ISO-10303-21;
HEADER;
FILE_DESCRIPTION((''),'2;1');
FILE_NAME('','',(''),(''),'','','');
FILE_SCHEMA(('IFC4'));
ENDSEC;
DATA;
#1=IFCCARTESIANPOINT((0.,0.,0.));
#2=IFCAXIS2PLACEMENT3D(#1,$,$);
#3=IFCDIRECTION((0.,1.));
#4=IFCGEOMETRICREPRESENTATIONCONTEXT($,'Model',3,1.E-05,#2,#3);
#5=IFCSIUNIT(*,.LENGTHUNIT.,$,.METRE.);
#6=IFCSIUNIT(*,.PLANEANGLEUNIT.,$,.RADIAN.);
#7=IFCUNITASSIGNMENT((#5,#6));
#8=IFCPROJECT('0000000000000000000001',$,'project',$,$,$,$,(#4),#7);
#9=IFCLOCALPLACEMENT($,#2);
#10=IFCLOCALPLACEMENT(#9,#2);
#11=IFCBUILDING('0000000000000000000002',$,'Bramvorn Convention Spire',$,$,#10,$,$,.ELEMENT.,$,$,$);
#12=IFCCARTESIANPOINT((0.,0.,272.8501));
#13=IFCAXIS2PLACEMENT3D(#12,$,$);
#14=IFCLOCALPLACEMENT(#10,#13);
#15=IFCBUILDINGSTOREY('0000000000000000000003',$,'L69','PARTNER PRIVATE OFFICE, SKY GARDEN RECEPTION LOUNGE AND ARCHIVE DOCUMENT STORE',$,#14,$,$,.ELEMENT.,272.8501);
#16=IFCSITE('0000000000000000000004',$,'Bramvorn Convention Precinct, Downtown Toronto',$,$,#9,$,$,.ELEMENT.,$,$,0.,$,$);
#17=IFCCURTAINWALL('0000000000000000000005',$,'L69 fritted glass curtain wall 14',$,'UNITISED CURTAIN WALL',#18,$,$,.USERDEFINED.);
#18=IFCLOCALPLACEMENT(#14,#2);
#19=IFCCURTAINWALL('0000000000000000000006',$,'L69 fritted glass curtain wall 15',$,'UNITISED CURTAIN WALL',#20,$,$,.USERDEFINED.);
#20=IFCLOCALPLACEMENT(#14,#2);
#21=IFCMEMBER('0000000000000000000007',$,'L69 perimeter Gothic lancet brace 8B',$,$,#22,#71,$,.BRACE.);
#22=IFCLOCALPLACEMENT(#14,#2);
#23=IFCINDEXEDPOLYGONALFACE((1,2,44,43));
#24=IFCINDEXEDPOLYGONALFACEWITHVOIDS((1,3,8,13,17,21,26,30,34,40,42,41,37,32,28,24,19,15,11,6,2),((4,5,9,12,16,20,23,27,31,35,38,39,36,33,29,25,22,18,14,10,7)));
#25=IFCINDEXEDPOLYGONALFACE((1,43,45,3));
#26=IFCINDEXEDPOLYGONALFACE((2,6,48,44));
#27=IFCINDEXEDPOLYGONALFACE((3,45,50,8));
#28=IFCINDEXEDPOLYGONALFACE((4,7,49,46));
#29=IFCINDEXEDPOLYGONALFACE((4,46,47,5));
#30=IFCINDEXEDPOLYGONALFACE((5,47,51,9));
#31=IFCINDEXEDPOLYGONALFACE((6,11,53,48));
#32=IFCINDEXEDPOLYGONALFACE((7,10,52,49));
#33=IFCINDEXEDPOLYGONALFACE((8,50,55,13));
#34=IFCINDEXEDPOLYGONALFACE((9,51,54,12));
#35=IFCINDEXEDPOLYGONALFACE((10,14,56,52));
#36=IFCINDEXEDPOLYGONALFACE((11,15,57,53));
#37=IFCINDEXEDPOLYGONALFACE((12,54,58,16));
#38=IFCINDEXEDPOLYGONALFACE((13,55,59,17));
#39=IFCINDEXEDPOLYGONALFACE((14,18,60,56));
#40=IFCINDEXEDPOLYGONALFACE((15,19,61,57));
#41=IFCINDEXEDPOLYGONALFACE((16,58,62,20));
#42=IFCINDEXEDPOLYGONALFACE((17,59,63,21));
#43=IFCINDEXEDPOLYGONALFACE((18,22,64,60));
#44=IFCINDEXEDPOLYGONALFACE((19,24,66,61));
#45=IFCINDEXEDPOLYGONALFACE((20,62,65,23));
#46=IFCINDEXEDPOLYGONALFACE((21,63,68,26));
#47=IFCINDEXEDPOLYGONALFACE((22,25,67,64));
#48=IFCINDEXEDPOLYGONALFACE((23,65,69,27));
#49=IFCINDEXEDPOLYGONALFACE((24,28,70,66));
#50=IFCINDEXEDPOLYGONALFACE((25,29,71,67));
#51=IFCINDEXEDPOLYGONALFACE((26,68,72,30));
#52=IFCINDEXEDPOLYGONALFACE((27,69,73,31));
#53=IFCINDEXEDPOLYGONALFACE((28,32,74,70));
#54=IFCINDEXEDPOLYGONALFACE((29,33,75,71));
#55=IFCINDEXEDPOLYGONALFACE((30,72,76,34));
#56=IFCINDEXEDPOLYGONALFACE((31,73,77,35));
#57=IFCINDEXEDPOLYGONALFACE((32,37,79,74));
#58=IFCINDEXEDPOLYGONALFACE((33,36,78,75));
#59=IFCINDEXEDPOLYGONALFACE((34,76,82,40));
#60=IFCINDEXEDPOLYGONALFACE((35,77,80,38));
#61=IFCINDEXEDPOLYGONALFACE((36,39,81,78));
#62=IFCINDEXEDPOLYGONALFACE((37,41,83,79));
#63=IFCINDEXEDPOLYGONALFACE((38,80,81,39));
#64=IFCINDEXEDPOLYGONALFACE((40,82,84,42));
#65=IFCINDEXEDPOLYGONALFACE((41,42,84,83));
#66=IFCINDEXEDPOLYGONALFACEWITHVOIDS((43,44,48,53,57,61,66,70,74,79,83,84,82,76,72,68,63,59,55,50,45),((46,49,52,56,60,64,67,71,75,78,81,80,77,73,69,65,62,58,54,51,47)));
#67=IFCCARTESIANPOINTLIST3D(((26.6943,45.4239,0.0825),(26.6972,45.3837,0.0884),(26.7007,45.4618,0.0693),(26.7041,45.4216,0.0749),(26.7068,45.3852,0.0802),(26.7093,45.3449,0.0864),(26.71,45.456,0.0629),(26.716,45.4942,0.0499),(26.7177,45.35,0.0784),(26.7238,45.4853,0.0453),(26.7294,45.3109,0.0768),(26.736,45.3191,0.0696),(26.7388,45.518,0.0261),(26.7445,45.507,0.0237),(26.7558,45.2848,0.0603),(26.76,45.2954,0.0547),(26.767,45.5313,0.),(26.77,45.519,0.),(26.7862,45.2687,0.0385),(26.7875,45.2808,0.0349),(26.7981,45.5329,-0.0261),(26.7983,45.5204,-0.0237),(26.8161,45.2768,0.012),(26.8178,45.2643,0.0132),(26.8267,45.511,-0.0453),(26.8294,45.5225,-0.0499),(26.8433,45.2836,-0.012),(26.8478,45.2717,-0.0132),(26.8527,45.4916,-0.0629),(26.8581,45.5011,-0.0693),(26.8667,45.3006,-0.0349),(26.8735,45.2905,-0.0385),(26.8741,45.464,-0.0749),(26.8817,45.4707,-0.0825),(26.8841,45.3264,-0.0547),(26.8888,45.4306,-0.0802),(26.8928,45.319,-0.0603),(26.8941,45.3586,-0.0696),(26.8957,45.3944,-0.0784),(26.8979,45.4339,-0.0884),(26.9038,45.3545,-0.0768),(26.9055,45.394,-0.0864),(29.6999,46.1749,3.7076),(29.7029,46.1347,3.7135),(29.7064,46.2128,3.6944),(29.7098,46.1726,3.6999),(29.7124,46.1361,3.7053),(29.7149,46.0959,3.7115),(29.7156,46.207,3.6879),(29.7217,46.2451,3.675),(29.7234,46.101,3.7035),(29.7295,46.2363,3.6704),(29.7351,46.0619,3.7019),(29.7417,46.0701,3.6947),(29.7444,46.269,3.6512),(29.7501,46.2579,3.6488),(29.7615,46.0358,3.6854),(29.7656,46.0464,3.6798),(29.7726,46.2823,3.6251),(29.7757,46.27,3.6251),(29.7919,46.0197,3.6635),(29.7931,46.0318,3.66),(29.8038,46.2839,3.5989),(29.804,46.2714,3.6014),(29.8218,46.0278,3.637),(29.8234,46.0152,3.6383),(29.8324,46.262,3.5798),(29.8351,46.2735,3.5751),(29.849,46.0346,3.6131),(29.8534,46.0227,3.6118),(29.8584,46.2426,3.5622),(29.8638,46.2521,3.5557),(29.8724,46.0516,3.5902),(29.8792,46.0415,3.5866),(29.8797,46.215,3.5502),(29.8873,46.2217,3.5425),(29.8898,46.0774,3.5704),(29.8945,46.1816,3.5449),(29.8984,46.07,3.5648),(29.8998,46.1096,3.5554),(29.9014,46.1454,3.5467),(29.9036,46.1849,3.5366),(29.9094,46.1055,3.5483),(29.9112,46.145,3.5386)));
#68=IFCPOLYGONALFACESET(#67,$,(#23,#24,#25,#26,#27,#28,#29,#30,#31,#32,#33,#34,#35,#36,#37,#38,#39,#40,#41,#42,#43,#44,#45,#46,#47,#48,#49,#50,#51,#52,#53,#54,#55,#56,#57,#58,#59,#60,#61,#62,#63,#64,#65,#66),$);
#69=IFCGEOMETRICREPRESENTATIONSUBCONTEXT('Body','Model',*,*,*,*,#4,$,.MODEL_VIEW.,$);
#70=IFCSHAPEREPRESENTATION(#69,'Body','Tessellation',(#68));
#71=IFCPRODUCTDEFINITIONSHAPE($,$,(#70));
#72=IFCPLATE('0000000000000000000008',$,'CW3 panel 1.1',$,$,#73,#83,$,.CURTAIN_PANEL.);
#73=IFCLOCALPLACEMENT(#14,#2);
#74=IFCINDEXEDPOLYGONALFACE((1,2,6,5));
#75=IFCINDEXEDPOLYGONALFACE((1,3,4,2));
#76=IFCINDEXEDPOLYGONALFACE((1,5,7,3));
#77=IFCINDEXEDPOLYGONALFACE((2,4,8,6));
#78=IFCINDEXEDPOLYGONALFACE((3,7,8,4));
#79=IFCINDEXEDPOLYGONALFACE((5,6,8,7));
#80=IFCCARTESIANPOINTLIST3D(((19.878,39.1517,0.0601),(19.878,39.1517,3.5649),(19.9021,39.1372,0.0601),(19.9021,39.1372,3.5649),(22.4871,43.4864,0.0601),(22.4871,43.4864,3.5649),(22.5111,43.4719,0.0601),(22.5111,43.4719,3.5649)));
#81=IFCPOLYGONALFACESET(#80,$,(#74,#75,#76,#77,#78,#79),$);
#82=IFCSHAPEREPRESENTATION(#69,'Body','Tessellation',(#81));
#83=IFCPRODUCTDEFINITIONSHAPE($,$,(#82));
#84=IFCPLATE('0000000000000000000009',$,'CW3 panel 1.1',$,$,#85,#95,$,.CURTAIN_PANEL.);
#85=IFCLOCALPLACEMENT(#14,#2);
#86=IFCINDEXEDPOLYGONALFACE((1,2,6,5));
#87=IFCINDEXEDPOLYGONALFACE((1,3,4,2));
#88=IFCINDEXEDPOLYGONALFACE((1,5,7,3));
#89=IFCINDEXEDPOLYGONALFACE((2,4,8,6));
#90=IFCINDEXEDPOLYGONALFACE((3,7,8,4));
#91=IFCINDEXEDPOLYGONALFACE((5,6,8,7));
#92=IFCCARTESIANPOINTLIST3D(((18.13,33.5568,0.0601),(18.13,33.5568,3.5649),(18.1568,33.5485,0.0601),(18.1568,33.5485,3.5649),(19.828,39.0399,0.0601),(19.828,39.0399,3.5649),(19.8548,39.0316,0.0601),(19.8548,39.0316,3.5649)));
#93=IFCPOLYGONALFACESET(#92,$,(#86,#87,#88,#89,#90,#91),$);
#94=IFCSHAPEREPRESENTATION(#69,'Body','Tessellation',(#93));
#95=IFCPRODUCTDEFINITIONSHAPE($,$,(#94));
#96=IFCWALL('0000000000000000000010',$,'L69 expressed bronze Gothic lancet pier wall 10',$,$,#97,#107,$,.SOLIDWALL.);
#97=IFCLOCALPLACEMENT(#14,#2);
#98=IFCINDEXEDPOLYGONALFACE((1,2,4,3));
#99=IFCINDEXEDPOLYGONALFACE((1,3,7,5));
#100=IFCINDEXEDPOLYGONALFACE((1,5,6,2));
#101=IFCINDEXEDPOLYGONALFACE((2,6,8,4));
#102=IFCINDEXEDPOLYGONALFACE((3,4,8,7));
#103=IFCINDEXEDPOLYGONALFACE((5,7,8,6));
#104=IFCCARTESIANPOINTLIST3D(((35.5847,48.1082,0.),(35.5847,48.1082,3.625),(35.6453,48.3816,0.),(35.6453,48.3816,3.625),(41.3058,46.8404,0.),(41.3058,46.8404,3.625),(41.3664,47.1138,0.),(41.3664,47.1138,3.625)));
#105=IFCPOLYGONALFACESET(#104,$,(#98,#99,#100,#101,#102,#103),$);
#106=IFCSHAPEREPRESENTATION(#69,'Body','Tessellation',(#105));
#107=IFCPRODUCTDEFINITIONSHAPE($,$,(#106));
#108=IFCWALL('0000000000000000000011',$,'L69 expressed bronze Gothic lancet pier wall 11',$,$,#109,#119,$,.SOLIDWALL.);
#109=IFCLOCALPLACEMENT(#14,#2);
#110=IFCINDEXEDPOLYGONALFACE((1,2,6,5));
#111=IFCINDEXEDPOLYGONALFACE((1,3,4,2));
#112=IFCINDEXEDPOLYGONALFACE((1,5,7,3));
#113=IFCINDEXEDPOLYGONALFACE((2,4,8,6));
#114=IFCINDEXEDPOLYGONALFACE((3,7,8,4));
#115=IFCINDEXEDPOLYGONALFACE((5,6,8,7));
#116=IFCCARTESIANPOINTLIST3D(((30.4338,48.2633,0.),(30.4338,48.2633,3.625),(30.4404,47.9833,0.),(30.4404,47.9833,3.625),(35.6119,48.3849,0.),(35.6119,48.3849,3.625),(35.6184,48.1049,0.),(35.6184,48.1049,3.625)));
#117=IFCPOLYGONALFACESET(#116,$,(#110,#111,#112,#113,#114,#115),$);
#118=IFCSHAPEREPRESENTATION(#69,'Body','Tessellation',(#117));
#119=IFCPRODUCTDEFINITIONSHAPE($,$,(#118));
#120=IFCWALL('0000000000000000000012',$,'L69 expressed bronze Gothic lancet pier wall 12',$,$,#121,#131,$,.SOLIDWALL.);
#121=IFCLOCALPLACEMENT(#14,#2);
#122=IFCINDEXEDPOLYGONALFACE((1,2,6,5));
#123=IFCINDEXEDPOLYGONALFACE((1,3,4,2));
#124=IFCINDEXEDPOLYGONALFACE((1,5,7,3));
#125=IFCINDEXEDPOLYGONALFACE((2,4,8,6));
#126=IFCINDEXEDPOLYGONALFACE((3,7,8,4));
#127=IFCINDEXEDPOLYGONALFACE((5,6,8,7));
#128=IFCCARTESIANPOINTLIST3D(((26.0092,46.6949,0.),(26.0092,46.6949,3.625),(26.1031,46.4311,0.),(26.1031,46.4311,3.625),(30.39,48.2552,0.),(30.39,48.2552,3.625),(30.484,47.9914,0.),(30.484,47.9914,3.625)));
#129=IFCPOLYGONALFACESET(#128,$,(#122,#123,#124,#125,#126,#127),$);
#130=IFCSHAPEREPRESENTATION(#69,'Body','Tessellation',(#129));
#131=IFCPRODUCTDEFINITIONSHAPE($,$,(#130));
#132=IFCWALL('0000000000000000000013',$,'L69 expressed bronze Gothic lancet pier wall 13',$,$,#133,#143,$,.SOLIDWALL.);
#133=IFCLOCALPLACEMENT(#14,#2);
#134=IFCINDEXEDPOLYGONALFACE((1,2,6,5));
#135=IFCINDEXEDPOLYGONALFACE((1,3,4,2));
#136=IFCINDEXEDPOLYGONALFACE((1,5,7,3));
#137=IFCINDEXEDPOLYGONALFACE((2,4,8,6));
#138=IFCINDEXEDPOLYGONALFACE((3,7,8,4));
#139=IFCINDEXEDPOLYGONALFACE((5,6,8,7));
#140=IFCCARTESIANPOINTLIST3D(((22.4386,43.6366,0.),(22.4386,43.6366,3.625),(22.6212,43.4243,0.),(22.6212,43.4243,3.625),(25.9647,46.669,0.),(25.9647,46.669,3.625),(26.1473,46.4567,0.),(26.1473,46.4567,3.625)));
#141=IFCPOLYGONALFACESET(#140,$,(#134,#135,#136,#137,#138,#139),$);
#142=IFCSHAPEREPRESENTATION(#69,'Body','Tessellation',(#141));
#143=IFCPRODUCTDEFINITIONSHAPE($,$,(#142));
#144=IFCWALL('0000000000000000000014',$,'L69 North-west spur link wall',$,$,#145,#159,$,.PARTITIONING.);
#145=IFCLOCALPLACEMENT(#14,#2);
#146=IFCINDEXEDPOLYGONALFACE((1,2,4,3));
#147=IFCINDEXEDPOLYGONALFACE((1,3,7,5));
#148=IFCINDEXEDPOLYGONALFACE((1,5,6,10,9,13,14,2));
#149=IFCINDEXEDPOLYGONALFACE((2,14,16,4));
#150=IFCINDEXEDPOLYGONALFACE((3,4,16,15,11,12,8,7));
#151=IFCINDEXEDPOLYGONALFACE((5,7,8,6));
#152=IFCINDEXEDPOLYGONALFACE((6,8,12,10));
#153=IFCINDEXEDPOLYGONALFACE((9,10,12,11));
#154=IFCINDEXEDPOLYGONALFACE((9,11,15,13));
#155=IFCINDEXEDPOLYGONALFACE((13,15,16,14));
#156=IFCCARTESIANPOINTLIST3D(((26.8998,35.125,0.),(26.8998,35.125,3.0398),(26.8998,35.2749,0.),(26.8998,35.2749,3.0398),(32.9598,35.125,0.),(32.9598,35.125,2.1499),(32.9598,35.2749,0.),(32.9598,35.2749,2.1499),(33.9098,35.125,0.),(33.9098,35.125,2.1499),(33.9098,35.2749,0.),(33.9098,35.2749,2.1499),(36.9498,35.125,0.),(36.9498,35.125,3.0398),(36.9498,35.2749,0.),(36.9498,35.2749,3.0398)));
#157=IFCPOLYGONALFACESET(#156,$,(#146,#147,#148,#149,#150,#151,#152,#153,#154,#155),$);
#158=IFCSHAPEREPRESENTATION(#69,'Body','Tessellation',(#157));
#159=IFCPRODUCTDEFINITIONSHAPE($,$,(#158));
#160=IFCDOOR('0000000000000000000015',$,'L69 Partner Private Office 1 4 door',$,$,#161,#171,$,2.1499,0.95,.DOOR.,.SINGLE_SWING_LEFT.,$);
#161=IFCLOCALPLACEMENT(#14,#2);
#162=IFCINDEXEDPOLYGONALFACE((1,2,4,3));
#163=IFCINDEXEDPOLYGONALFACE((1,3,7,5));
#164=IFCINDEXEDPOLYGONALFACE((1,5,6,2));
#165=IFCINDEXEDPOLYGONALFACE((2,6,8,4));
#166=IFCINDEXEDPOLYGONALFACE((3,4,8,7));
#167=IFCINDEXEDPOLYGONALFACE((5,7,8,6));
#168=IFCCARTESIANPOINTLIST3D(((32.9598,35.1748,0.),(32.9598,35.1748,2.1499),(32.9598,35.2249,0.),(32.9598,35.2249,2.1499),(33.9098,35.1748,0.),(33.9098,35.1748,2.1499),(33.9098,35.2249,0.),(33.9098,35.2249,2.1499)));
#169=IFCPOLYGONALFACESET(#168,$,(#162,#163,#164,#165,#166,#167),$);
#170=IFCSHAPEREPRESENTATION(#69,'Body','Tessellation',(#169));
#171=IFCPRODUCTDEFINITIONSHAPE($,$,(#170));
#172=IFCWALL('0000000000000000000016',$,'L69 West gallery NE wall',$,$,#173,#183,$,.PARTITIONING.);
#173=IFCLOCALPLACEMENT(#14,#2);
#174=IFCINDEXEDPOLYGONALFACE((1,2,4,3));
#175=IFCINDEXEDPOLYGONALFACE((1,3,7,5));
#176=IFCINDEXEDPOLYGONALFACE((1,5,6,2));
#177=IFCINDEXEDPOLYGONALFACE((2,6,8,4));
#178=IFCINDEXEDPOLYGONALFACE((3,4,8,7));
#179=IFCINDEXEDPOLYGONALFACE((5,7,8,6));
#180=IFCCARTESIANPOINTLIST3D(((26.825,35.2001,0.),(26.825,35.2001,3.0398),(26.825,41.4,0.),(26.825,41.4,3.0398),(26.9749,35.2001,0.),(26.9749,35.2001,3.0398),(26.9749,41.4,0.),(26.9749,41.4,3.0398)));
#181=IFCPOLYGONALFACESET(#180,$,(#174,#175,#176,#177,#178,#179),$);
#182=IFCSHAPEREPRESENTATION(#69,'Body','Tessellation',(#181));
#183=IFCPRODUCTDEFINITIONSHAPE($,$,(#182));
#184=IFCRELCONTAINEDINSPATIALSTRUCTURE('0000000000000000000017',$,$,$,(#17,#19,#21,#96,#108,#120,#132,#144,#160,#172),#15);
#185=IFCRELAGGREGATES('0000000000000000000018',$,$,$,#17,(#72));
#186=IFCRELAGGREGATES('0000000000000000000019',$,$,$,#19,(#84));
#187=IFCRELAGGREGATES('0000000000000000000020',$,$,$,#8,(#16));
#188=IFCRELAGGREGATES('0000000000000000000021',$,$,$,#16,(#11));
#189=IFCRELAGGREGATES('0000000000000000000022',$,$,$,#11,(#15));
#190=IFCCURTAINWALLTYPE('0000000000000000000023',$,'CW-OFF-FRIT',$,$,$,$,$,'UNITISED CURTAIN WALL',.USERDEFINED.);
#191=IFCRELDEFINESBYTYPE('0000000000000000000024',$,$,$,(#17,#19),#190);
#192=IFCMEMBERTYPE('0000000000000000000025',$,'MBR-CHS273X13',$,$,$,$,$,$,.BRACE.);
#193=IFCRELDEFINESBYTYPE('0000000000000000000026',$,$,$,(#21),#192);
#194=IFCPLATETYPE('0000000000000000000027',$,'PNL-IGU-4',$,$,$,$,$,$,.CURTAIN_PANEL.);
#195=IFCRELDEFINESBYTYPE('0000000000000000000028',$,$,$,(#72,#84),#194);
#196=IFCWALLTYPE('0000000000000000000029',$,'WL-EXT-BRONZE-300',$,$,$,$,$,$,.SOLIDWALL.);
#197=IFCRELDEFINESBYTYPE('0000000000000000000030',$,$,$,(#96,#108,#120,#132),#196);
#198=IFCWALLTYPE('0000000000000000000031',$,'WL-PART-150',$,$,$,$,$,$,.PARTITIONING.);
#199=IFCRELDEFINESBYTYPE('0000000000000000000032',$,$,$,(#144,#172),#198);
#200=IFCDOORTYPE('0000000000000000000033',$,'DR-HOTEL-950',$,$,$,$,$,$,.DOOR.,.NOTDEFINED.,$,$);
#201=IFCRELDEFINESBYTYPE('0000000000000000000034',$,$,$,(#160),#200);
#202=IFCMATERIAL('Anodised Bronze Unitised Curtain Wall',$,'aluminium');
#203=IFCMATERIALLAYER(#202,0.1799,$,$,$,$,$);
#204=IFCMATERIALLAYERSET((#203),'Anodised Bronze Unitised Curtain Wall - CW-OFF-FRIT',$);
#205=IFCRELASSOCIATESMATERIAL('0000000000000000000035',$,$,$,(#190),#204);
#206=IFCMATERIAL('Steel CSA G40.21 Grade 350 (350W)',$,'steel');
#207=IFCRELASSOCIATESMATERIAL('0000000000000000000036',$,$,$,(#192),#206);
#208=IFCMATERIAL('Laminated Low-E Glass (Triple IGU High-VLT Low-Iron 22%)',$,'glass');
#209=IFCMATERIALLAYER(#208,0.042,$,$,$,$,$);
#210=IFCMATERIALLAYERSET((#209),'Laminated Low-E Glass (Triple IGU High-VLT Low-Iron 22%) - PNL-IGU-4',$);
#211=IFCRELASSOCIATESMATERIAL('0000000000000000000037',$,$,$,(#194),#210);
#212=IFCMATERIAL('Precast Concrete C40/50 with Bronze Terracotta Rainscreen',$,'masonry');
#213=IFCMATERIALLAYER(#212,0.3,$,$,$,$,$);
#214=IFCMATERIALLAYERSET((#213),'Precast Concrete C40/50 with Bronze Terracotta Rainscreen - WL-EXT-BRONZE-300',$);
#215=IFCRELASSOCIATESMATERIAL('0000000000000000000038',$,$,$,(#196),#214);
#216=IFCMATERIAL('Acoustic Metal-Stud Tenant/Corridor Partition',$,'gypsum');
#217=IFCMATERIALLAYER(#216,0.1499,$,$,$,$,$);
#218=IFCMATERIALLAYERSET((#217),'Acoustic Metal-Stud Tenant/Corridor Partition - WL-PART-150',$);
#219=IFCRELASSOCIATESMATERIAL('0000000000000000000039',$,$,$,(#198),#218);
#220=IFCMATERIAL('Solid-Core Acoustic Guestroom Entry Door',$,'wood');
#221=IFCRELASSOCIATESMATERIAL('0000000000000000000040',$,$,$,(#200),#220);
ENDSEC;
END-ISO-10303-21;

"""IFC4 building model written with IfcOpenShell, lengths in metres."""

from ifc_helpers import new_model, si_unit, direction, frame, frame_2d, origin, origin_2d, place, context, subcontext, project, spatial, rectangle, hollow_circle, extrude, material, layer, layer_set, material_profile, profile_set, type_object, element, fill, aggregate, save


model = new_model("IFC4")

# Units and contexts
model_context = context("Model", 3, precision=1e-05, world=origin(), true_north=direction((0.0, 1.0)))
body_context = subcontext(model_context, "Body", "Model", "MODEL_VIEW")
ifc_project = project(units=[si_unit("LENGTHUNIT", "METRE"), si_unit("PLANEANGLEUNIT", "RADIAN")], contexts=[model_context])

# Site, building, storey
site_placement = place(None, origin())
site = spatial("IfcSite", under=ifc_project, at=site_placement, Name="Bramvorn Convention Precinct, Downtown Toronto", CompositionType="ELEMENT", RefElevation=0.0)
building_placement = place(site_placement, origin())
building = spatial("IfcBuilding", under=site, at=building_placement, Name="Bramvorn Convention Spire", CompositionType="ELEMENT")
storey_placement = place(building_placement, frame((0.0, 0.0, 272.8501)))
storey = spatial("IfcBuildingStorey", under=building, at=storey_placement, Name="L69", Description="PARTNER PRIVATE OFFICE, SKY GARDEN RECEPTION LOUNGE AND ARCHIVE DOCUMENT STORE", CompositionType="ELEMENT", Elevation=272.8501)

# Shared definitions
ifc_material_1 = material(Name="Steel CSA G40.21 Grade 350 (350W)", Category="steel")

# Curtain walls
ifc_material_2 = material(Name="Anodised Bronze Unitised Curtain Wall", Category="aluminium")
ifc_layer_1 = layer(ifc_material_2, 0.1799)
ifc_layer_set_1 = layer_set([ifc_layer_1], Name="Anodised Bronze Unitised Curtain Wall - CW-OFF-FRIT")
curtain_wall_type = type_object("IfcCurtainWallType", Name="CW-OFF-FRIT", ElementType="UNITISED CURTAIN WALL", PredefinedType="USERDEFINED", material=ifc_layer_set_1)
curtain_wall_1_placement = place(storey_placement, origin())
curtain_wall_1 = element("IfcCurtainWall", 1, at=curtain_wall_1_placement, inside=storey, type_object=curtain_wall_type, Name="L69 fritted glass curtain wall 14", ObjectType="UNITISED CURTAIN WALL", PredefinedType="USERDEFINED")
curtain_wall_2_placement = place(storey_placement, origin())
curtain_wall_2 = element("IfcCurtainWall", 2, at=curtain_wall_2_placement, inside=storey, type_object=curtain_wall_type, Name="L69 fritted glass curtain wall 15", ObjectType="UNITISED CURTAIN WALL", PredefinedType="USERDEFINED")

# Member
ifc_material_profile_1 = material_profile(ifc_material_1, hollow_circle(Radius=0.1365, WallThickness=0.0127, at=origin_2d()))
ifc_profile_set_1 = profile_set([ifc_material_profile_1], Name="Steel CSA G40.21 Grade 350 (350W) - CHS273X13")
member_type_1 = type_object("IfcMemberType", Name="MBR-CHS273X13", PredefinedType="BRACE", material=ifc_profile_set_1)
for number, where, z_axis, x_axis, name in (
    (3, (26.8, 45.3989, 0.0), (0.63031, 0.157488, 0.760202), (-0.242406, 0.970175, 0.0), "L69 perimeter Gothic lancet brace 8B"),
):
    element("IfcMember", number, at=place(storey_placement, frame(where, z_axis=z_axis, x_axis=x_axis)), inside=storey, type_object=member_type_1, Name=name, PredefinedType="BRACE", context=body_context, shape_type="SweptSolid", body=[
        extrude(hollow_circle(Radius=0.1365, WallThickness=0.0127, at=origin_2d()), origin(), (0.0, 0.0, 1.0), 4.7686),
    ])

# Plates
ifc_material_3 = material(Name="Laminated Low-E Glass (Triple IGU High-VLT Low-Iron 22%)", Category="glass")
ifc_layer_2 = layer(ifc_material_3, 0.042)
ifc_layer_set_2 = layer_set([ifc_layer_2], Name="Laminated Low-E Glass (Triple IGU High-VLT Low-Iron 22%) - PNL-IGU-4")
plate_type = type_object("IfcPlateType", Name="PNL-IGU-4", PredefinedType="CURTAIN_PANEL", material=ifc_layer_set_2)
plate_1_placement = place(storey_placement, frame((21.1946, 41.3118, 0.0601), z_axis=(0.0, 0.0, 1.0), x_axis=(0.515696, 0.856771, 0.0)))
plate_1 = element("IfcPlate", 4, at=plate_1_placement, type_object=plate_type, Name="CW3 panel 1.1", PredefinedType="CURTAIN_PANEL", context=body_context, shape_type="SweptSolid", body=[
    extrude(rectangle(XDim=5.0593, YDim=0.0281, at=origin_2d()), origin(), (0.0, 0.0, 1.0), 3.5049),
])
aggregate(curtain_wall_1, [plate_1])
plate_2_placement = place(storey_placement, frame((18.9924, 36.2942, 0.0601), z_axis=(0.0, 0.0, 1.0), x_axis=(0.295821, 0.955244, 0.0)))
plate_2 = element("IfcPlate", 5, at=plate_2_placement, type_object=plate_type, Name="CW3 panel 1.1", PredefinedType="CURTAIN_PANEL", context=body_context, shape_type="SweptSolid", body=[
    extrude(rectangle(XDim=5.74, YDim=0.0281, at=origin_2d()), origin(), (0.0, 0.0, 1.0), 3.5049),
])
aggregate(curtain_wall_2, [plate_2])

# Walls
ifc_material_4 = material(Name="Precast Concrete C40/50 with Bronze Terracotta Rainscreen", Category="masonry")
ifc_layer_3 = layer(ifc_material_4, 0.3)
ifc_layer_set_3 = layer_set([ifc_layer_3], Name="Precast Concrete C40/50 with Bronze Terracotta Rainscreen - WL-EXT-BRONZE-300")
wall_type_1 = type_object("IfcWallType", Name="WL-EXT-BRONZE-300", PredefinedType="SOLIDWALL", material=ifc_layer_set_3)
wall_1_placement = place(storey_placement, frame((35.615, 48.2449, 0.0), z_axis=(0.0, 0.0, 1.0), x_axis=(0.976315, -0.216353, 0.0)))
element("IfcWall", 6, at=wall_1_placement, inside=storey, type_object=wall_type_1, Name="L69 expressed bronze Gothic lancet pier wall 10", PredefinedType="SOLIDWALL", context=body_context, shape_type="SweptSolid", body=[
    extrude(rectangle(XDim=5.8599, YDim=0.28, at=frame_2d((2.9299, 0.0))), origin(), (0.0, 0.0, 1.0), 3.625),
])
wall_2_placement = place(storey_placement, frame((30.437, 48.1233, 0.0), z_axis=(0.0, 0.0, 1.0), x_axis=(0.999724, 0.023474, 0.0)))
element("IfcWall", 7, at=wall_2_placement, inside=storey, type_object=wall_type_1, Name="L69 expressed bronze Gothic lancet pier wall 11", PredefinedType="SOLIDWALL", context=body_context, shape_type="SweptSolid", body=[
    extrude(rectangle(XDim=5.1794, YDim=0.28, at=frame_2d((2.5898, 0.0))), origin(), (0.0, 0.0, 1.0), 3.625),
])
wall_3_placement = place(storey_placement, frame((26.0562, 46.563, 0.0), z_axis=(0.0, 0.0, 1.0), x_axis=(0.942034, 0.335518, 0.0)))
element("IfcWall", 8, at=wall_3_placement, inside=storey, type_object=wall_type_1, Name="L69 expressed bronze Gothic lancet pier wall 12", PredefinedType="SOLIDWALL", context=body_context, shape_type="SweptSolid", body=[
    extrude(rectangle(XDim=4.6504, YDim=0.28, at=frame_2d((2.3252, 0.0))), origin(), (0.0, 0.0, 1.0), 3.625),
])
wall_4_placement = place(storey_placement, frame((22.53, 43.5305, 0.0), z_axis=(0.0, 0.0, 1.0), x_axis=(0.758185, 0.65204, 0.0)))
element("IfcWall", 9, at=wall_4_placement, inside=storey, type_object=wall_type_1, Name="L69 expressed bronze Gothic lancet pier wall 13", PredefinedType="SOLIDWALL", context=body_context, shape_type="SweptSolid", body=[
    extrude(rectangle(XDim=4.6506, YDim=0.28, at=frame_2d((2.3252, 0.0))), origin(), (0.0, 0.0, 1.0), 3.625),
])

# Wall, opening, door
ifc_material_5 = material(Name="Acoustic Metal-Stud Tenant/Corridor Partition", Category="gypsum")
ifc_layer_4 = layer(ifc_material_5, 0.1499)
ifc_layer_set_4 = layer_set([ifc_layer_4], Name="Acoustic Metal-Stud Tenant/Corridor Partition - WL-PART-150")
wall_type_2 = type_object("IfcWallType", Name="WL-PART-150", PredefinedType="PARTITIONING", material=ifc_layer_set_4)
wall_5_placement = place(storey_placement, frame((26.8999, 35.2, 0.0), z_axis=(0.0, 0.0, 1.0), x_axis=(1.0, 0.0, 0.0)))
wall_5 = element("IfcWall", 10, at=wall_5_placement, inside=storey, type_object=wall_type_2, Name="L69 North-west spur link wall", PredefinedType="PARTITIONING", context=body_context, shape_type="SweptSolid", body=[
    extrude(rectangle(XDim=10.05, YDim=0.1499, at=frame_2d((5.0249, 0.0))), origin(), (0.0, 0.0, 1.0), 3.0398),
])
opening_placement = place(wall_5_placement, frame((6.0598, 0.0, 0.0)))
opening = element("IfcOpeningElement", 11, at=opening_placement, cuts=wall_5, PredefinedType="OPENING", context=body_context, shape_type="SweptSolid", body=[
    extrude(rectangle(XDim=0.95, YDim=2.1499, at=frame_2d((0.4751, 1.075))), frame((0.0, 0.085, 0.0), z_axis=(0.0, -1.0, 0.0), x_axis=(1.0, 0.0, 0.0)), (0.0, 0.0, 1.0), 0.1699),
])
ifc_material_6 = material(Name="Solid-Core Acoustic Guestroom Entry Door", Category="wood")
door_type = type_object("IfcDoorType", Name="DR-HOTEL-950", OperationType="NOTDEFINED", PredefinedType="DOOR", material=ifc_material_6)
door_placement = place(opening_placement, origin())
door = element("IfcDoor", 12, at=door_placement, inside=storey, type_object=door_type, Name="L69 Partner Private Office 1 4 door", OperationType="SINGLE_SWING_LEFT", OverallHeight=2.1499, OverallWidth=0.95, PredefinedType="DOOR", context=body_context, shape_type="SweptSolid", body=[
    extrude(rectangle(XDim=0.95, YDim=2.1499, at=frame_2d((0.4751, 1.075))), frame((0.0, 0.0249, 0.0), z_axis=(0.0, -1.0, 0.0), x_axis=(1.0, 0.0, 0.0)), (0.0, 0.0, 1.0), 0.05),
])
fill(opening, door)

# Wall
wall_6_placement = place(storey_placement, frame((26.8999, 35.2, 0.0), z_axis=(0.0, 0.0, 1.0), x_axis=(0.0, 1.0, 0.0)))
element("IfcWall", 13, at=wall_6_placement, inside=storey, type_object=wall_type_2, Name="L69 West gallery NE wall", PredefinedType="PARTITIONING", context=body_context, shape_type="SweptSolid", body=[
    extrude(rectangle(XDim=6.2, YDim=0.1499, at=frame_2d((3.1001, 0.0))), origin(), (0.0, 0.0, 1.0), 3.0398),
])

save(model, "model.ifc")
